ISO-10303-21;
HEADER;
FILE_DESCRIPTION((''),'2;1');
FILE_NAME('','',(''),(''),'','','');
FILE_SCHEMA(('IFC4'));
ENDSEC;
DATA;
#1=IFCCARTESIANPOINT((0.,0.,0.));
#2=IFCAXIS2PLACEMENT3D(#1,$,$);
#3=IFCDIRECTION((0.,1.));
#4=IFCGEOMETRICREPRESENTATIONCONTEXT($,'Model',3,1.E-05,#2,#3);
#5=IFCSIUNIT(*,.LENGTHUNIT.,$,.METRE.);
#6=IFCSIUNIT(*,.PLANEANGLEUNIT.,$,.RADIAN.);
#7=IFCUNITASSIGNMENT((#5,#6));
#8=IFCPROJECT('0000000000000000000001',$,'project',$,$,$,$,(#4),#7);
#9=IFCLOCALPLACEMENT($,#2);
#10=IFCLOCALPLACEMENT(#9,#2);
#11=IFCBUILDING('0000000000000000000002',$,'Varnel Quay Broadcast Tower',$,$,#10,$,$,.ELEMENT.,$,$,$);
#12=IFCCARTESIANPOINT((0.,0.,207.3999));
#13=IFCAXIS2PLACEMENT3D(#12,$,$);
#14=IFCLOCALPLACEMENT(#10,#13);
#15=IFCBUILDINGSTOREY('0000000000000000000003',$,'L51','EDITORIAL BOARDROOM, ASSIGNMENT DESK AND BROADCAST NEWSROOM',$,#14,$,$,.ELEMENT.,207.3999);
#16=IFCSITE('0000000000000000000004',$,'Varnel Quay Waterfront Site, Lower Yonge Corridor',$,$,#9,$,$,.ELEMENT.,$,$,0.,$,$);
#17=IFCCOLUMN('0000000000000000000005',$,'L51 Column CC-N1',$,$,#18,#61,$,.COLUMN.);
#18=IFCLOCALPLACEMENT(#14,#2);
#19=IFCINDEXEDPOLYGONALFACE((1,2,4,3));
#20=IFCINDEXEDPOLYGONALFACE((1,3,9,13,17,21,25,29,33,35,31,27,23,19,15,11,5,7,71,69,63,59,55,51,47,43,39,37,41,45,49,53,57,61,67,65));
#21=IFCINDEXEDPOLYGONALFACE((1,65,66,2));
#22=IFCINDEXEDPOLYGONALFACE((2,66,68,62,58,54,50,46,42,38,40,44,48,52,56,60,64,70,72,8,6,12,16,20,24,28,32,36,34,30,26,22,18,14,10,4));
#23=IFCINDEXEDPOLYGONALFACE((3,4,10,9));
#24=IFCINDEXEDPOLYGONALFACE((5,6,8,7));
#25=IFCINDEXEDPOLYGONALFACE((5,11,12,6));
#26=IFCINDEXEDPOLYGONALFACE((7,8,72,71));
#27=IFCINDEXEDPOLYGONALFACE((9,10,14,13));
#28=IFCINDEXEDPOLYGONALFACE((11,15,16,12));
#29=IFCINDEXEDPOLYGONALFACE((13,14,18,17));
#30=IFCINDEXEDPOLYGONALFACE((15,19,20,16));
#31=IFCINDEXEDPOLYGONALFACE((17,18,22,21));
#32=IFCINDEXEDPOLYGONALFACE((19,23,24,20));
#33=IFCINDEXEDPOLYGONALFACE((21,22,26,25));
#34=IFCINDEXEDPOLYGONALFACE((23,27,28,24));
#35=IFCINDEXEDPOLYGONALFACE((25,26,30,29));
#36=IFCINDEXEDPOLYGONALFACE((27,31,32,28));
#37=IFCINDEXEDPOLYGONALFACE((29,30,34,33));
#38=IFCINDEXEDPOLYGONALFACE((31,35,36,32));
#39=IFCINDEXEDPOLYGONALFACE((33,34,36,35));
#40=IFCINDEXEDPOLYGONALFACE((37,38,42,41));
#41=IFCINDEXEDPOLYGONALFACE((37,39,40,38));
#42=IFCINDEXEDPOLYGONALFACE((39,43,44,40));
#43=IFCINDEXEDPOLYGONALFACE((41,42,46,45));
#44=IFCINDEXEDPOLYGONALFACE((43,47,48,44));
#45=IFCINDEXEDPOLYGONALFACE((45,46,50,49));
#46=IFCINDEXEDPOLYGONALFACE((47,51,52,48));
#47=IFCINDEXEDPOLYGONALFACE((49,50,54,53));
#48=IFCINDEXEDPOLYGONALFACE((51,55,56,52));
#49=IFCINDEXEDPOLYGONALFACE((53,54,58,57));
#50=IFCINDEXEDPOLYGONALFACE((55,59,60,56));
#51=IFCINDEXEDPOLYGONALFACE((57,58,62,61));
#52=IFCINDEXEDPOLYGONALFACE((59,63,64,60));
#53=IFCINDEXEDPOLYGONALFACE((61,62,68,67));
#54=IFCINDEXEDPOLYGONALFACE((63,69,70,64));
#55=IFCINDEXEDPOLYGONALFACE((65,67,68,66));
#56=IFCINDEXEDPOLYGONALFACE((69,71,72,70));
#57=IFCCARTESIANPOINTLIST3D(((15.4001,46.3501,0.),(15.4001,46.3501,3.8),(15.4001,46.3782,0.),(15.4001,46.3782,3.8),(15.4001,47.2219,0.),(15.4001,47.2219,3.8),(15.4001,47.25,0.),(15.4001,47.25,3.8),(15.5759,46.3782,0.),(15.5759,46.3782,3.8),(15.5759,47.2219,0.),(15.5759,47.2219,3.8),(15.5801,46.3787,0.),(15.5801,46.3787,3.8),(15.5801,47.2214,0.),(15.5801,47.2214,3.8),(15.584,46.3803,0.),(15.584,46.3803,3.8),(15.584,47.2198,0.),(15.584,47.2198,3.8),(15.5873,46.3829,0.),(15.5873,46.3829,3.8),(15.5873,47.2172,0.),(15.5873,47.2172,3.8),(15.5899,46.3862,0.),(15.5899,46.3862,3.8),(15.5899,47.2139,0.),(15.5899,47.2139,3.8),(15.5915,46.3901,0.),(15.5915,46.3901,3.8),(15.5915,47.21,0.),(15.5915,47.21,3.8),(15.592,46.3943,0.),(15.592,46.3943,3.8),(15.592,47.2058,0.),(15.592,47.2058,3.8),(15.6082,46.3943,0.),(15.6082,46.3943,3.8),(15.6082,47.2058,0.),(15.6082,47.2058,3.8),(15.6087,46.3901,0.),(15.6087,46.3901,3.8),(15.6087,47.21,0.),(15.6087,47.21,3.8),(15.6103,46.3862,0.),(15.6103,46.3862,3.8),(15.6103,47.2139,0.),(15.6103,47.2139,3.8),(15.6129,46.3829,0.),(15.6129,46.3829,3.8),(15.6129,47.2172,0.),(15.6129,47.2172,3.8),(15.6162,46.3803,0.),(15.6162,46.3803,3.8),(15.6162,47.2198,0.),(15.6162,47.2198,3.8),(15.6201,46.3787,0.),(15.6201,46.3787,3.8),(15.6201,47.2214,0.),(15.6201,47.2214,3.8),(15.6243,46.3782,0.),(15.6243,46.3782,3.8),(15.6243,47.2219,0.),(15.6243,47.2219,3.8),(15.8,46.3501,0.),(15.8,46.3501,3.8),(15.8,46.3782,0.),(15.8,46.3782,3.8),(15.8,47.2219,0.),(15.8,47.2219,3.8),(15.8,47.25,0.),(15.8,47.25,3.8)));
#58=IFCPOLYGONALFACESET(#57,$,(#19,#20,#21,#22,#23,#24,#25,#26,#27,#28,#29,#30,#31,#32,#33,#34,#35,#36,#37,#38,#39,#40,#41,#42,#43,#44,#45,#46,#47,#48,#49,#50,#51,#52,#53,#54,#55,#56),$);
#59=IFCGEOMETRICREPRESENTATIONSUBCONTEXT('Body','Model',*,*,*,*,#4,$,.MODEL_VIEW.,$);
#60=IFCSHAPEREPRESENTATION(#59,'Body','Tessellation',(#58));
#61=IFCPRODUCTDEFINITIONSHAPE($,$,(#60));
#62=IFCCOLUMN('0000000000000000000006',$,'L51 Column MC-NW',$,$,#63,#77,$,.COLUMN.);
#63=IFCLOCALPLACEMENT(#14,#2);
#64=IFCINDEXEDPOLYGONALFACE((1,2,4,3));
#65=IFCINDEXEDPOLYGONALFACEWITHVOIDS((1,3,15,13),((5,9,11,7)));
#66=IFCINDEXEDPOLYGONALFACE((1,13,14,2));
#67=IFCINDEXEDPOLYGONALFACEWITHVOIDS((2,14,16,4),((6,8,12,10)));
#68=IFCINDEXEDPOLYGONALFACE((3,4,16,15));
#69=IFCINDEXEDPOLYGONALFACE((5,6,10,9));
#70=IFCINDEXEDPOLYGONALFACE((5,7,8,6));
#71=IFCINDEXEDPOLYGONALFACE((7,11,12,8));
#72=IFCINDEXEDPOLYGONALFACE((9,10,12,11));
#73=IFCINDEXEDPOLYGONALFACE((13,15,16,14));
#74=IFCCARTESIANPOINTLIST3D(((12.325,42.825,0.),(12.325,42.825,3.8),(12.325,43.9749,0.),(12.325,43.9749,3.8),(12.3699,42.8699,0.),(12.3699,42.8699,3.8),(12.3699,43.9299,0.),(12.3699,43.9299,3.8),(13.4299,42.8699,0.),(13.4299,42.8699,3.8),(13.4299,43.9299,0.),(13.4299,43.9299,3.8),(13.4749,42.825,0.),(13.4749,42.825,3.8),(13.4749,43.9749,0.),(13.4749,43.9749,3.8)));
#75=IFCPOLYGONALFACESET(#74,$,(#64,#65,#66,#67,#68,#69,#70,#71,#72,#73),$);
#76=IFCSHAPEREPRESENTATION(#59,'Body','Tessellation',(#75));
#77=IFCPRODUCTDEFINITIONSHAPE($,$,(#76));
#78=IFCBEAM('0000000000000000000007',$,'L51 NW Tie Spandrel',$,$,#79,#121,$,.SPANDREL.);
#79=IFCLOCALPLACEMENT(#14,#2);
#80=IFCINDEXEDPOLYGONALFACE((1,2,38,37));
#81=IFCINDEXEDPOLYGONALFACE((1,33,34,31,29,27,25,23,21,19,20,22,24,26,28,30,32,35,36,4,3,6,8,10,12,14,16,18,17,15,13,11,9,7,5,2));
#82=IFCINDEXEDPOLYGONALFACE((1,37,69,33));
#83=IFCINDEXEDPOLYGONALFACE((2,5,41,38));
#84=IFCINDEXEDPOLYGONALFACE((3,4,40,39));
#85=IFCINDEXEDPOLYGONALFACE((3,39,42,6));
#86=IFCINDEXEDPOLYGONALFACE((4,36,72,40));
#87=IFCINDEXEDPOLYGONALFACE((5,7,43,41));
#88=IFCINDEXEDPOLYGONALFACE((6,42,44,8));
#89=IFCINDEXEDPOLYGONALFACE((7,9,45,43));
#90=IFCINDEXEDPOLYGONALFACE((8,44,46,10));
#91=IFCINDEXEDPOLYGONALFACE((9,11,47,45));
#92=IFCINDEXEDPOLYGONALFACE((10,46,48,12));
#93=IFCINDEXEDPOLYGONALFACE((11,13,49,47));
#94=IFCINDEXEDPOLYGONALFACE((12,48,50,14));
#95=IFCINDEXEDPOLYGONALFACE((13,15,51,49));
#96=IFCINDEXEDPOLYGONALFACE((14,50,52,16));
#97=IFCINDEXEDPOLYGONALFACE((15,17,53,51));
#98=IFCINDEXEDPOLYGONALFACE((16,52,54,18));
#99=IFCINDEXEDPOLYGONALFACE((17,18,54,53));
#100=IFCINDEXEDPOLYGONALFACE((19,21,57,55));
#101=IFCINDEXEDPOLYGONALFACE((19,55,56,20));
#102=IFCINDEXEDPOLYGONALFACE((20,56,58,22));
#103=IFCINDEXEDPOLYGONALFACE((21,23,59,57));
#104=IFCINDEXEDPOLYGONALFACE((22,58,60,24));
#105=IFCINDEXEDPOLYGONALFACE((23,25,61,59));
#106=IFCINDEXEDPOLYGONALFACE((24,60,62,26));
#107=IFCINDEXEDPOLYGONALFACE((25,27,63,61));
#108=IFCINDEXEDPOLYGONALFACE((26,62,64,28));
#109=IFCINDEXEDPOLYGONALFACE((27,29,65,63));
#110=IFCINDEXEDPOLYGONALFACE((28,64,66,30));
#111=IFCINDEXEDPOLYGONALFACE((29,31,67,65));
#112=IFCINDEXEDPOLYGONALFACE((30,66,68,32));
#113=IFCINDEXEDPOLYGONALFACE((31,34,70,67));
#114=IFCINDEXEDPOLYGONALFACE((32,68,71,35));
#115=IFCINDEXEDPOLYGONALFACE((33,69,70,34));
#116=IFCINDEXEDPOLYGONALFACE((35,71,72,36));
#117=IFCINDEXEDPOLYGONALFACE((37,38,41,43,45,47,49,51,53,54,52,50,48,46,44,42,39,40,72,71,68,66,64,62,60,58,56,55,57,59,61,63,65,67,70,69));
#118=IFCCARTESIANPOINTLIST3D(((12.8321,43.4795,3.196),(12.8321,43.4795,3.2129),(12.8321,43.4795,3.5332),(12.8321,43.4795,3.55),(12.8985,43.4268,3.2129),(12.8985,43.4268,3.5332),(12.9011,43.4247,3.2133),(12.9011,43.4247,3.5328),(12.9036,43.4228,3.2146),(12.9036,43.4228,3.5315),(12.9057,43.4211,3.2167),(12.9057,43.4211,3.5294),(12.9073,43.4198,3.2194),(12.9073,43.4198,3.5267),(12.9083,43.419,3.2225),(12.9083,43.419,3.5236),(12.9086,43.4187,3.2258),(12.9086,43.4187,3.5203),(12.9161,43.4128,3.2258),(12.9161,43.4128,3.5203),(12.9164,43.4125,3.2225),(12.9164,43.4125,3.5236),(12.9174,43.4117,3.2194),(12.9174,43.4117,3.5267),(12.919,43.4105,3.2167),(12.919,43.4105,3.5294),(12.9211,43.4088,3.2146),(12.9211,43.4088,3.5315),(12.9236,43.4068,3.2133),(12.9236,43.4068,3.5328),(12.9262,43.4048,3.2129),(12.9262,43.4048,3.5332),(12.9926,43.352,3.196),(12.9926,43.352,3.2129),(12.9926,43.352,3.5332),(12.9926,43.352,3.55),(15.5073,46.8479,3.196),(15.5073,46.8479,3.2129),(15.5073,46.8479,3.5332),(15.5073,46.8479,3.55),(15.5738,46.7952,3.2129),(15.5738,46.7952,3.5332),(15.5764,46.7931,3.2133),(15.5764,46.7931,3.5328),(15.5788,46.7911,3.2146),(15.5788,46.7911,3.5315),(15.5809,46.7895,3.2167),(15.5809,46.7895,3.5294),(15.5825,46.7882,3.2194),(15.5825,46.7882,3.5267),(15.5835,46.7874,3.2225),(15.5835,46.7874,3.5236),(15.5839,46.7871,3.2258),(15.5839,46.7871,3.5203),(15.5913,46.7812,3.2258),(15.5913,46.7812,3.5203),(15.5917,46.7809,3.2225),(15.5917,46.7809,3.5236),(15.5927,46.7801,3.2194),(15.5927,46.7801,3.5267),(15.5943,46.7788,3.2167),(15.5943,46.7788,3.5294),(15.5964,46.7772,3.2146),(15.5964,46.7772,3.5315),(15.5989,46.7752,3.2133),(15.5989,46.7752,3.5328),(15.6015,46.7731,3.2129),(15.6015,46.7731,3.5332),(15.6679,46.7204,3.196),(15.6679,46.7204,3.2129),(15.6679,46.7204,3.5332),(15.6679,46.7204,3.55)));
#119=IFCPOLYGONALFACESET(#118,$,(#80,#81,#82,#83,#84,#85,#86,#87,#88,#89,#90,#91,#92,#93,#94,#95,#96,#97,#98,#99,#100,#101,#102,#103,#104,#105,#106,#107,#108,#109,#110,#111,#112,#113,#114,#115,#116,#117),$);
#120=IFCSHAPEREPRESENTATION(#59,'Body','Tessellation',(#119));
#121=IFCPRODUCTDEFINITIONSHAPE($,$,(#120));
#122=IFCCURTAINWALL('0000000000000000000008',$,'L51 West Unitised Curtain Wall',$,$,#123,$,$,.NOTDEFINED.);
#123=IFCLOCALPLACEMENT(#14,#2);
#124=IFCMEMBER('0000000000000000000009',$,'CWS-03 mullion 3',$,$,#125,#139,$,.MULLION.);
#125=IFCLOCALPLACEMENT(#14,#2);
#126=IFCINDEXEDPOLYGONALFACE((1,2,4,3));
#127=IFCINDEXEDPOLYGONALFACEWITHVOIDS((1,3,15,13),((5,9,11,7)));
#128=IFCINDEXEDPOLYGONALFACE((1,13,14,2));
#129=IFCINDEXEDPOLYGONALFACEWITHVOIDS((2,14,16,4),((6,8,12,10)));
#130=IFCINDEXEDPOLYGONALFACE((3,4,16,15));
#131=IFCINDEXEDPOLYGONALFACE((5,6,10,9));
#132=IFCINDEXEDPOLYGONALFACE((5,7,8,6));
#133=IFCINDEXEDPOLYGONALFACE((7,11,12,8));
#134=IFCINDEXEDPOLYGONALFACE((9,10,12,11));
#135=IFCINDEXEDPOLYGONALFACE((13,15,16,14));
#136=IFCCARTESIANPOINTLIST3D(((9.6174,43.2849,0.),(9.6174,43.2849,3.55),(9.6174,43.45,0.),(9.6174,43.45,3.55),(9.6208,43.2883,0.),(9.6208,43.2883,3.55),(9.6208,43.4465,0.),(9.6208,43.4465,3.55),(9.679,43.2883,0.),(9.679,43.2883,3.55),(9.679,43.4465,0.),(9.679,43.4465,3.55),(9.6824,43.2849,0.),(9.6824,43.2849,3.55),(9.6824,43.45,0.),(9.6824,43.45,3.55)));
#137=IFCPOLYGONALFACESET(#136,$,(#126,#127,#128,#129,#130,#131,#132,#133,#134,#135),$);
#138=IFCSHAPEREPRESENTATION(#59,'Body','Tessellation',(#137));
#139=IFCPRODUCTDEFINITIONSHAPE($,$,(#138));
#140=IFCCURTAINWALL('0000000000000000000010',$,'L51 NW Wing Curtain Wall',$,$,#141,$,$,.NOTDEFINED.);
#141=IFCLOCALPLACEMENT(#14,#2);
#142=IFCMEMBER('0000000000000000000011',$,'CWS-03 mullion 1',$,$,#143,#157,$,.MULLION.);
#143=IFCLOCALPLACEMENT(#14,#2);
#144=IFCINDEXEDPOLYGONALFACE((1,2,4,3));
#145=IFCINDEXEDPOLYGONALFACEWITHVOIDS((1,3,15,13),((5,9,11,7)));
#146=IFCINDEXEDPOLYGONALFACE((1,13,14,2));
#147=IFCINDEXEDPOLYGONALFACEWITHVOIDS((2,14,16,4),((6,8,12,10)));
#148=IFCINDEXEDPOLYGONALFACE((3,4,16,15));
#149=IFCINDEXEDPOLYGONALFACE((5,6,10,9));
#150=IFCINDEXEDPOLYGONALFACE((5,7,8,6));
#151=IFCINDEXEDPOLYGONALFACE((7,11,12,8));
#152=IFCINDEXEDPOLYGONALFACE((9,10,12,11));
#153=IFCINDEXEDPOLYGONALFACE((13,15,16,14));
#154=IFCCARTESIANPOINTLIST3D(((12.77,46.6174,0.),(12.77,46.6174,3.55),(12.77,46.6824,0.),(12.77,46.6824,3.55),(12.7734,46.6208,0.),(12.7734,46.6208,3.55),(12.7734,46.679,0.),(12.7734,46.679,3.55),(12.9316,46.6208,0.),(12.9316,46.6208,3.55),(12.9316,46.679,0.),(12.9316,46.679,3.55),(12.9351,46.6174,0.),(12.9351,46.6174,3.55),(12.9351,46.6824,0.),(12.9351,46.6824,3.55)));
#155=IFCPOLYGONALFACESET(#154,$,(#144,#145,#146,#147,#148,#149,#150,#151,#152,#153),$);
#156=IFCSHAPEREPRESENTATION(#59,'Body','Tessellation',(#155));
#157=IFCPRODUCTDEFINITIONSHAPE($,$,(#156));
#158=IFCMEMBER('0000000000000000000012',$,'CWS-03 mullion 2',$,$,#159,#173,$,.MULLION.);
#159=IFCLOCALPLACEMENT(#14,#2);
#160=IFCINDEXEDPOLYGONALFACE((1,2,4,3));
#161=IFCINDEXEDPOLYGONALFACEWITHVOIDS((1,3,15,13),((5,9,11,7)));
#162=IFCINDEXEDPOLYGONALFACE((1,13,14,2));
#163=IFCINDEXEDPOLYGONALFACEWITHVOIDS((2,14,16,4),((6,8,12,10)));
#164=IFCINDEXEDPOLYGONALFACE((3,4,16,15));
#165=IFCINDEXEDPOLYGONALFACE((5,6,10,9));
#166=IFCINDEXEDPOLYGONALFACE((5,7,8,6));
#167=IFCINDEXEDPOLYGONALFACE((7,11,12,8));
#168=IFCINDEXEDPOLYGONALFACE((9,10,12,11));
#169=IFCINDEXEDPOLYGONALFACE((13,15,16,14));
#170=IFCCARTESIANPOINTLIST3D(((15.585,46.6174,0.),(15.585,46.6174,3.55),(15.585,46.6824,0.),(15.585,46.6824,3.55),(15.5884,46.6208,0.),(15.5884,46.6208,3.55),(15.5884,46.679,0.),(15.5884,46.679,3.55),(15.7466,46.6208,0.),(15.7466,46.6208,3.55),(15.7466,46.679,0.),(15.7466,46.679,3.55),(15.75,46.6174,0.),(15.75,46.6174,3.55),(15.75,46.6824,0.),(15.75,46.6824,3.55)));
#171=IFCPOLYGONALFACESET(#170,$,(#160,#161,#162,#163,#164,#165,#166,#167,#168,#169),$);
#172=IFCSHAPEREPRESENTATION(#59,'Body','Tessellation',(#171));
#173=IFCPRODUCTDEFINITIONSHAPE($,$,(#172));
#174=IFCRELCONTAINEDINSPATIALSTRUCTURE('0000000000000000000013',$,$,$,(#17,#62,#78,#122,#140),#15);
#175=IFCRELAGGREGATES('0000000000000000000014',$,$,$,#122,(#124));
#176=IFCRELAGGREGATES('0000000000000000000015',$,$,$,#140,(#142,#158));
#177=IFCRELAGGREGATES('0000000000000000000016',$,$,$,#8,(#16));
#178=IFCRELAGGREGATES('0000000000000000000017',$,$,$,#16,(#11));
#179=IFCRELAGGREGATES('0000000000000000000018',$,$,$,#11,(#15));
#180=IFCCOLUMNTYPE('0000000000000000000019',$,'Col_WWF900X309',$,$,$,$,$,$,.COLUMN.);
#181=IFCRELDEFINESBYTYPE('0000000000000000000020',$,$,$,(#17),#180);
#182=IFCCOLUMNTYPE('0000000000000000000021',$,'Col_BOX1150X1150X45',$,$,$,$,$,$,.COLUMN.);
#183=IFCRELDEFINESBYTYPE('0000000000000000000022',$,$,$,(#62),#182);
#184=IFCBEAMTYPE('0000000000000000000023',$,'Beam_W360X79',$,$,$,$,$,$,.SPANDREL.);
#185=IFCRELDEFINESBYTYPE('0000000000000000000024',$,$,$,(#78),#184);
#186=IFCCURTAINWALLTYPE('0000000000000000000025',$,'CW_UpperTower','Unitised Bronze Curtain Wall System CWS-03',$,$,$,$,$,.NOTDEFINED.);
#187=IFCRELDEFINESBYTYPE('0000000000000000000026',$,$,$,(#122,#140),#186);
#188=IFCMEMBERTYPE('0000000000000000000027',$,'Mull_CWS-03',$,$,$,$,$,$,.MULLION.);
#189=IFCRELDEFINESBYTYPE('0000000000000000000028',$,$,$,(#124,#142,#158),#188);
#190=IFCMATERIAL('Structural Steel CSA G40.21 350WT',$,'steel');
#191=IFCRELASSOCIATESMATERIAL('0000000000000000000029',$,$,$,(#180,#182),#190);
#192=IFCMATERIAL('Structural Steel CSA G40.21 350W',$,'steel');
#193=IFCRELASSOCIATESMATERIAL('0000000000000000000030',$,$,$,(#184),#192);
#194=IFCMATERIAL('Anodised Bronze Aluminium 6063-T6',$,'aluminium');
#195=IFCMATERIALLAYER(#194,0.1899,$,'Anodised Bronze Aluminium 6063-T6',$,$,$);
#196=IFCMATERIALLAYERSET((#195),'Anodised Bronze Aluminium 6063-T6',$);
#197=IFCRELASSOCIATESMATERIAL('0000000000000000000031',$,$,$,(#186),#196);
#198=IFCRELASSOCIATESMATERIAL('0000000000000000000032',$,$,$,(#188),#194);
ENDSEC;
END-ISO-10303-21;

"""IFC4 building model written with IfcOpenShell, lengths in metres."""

from ifc_helpers import new_model, si_unit, direction, frame, origin, origin_2d, place, context, subcontext, project, spatial, hollow_rectangle, i_section, extrude, source, transform, mapped, material, layer, layer_set, material_profile, profile_set, type_object, type_shapes, element, aggregate, save


model = new_model("IFC4")

# Units and contexts
model_context = context("Model", 3, precision=1e-05, world=origin(), true_north=direction((0.0, 1.0)))
body_context = subcontext(model_context, "Body", "Model", "MODEL_VIEW")
ifc_project = project(units=[si_unit("LENGTHUNIT", "METRE"), si_unit("PLANEANGLEUNIT", "RADIAN")], contexts=[model_context])

# Site, building, storey
site_placement = place(None, origin())
site = spatial("IfcSite", under=ifc_project, at=site_placement, Name="Varnel Quay Waterfront Site, Lower Yonge Corridor", CompositionType="ELEMENT", RefElevation=0.0)
building_placement = place(site_placement, origin())
building = spatial("IfcBuilding", under=site, at=building_placement, Name="Varnel Quay Broadcast Tower", CompositionType="ELEMENT")
storey_placement = place(building_placement, frame((0.0, 0.0, 207.3999)))
storey = spatial("IfcBuildingStorey", under=building, at=storey_placement, Name="L51", Description="EDITORIAL BOARDROOM, ASSIGNMENT DESK AND BROADCAST NEWSROOM", CompositionType="ELEMENT", Elevation=207.3999)

# Columns
ifc_material_1 = material(Name="Structural Steel CSA G40.21 350WT", Category="steel")
ifc_material_profile_1 = material_profile(ifc_material_1, i_section(OverallWidth=0.3999, OverallDepth=0.8999, WebThickness=0.0161, FlangeThickness=0.0281, FilletRadius=0.0161, at=origin_2d()), Name="WWF900X309")
ifc_profile_set_1 = profile_set([ifc_material_profile_1], Name="Structural Steel CSA G40.21 350WT")
column_type_1 = type_object("IfcColumnType", Name="Col_WWF900X309", PredefinedType="COLUMN", material=ifc_profile_set_1)
shared_shape_1 = source(origin(), body_context, "Body", "SweptSolid", [
    extrude(i_section(OverallWidth=0.3999, OverallDepth=0.8999, WebThickness=0.0161, FlangeThickness=0.0281, FilletRadius=0.0161, at=origin_2d()), origin(), (0.0, 0.0, 1.0), 3.8),
])
type_shapes(column_type_1, [shared_shape_1])
column_1_placement = place(storey_placement, frame((15.6001, 46.8, 0.0), z_axis=(0.0, 0.0, 1.0), x_axis=(1.0, 0.0, 0.0)))
element("IfcColumn", 1, at=column_1_placement, inside=storey, type_object=column_type_1, Name="L51 Column CC-N1", PredefinedType="COLUMN", context=body_context, shape_type="MappedRepresentation", body=[
    mapped(shared_shape_1, transform((0.0, 0.0, 0.0), x_axis=(1.0, 0.0, 0.0), y_axis=(0.0, 1.0, 0.0), z_axis=(0.0, 0.0, 1.0), scale=1.0)),
])
ifc_material_profile_2 = material_profile(ifc_material_1, hollow_rectangle(XDim=1.1499, YDim=1.1499, WallThickness=0.0449, at=origin_2d()), Name="BOX1150X1150X45")
ifc_profile_set_2 = profile_set([ifc_material_profile_2], Name="Structural Steel CSA G40.21 350WT")
column_type_2 = type_object("IfcColumnType", Name="Col_BOX1150X1150X45", PredefinedType="COLUMN", material=ifc_profile_set_2)
shared_shape_2 = source(origin(), body_context, "Body", "SweptSolid", [
    extrude(hollow_rectangle(XDim=1.1499, YDim=1.1499, WallThickness=0.0449, at=origin_2d()), origin(), (0.0, 0.0, 1.0), 3.8),
])
type_shapes(column_type_2, [shared_shape_2])
column_2_placement = place(storey_placement, frame((12.8999, 43.3999, 0.0), z_axis=(0.0, 0.0, 1.0), x_axis=(1.0, 0.0, 0.0)))
element("IfcColumn", 2, at=column_2_placement, inside=storey, type_object=column_type_2, Name="L51 Column MC-NW", PredefinedType="COLUMN", context=body_context, shape_type="MappedRepresentation", body=[
    mapped(shared_shape_2, transform((0.0, 0.0, 0.0), x_axis=(1.0, 0.0, 0.0), y_axis=(0.0, 1.0, 0.0), z_axis=(0.0, 0.0, 1.0), scale=1.0)),
])

# Beam
ifc_material_2 = material(Name="Structural Steel CSA G40.21 350W", Category="steel")
ifc_material_profile_3 = material_profile(ifc_material_2, i_section(OverallWidth=0.2051, OverallDepth=0.354, WebThickness=0.0095, FlangeThickness=0.0168, FilletRadius=0.0129, at=origin_2d()), Name="W360X79")
ifc_profile_set_3 = profile_set([ifc_material_profile_3], Name="Structural Steel CSA G40.21 350W")
beam_type = type_object("IfcBeamType", Name="Beam_W360X79", PredefinedType="SPANDREL", material=ifc_profile_set_3)
shared_shape_3 = source(origin(), body_context, "Body", "SweptSolid", [
    extrude(i_section(OverallWidth=0.2051, OverallDepth=0.354, WebThickness=0.0095, FlangeThickness=0.0168, FilletRadius=0.0129, at=origin_2d()), origin(), (0.0, 0.0, 1.0), 4.3015),
])
type_shapes(beam_type, [shared_shape_3])
beam_placement = place(storey_placement, frame((12.9124, 43.4158, 3.373), z_axis=(0.621936, 0.783068, 0.0), x_axis=(-0.783068, 0.621936, 0.0)))
element("IfcBeam", 3, at=beam_placement, inside=storey, type_object=beam_type, Name="L51 NW Tie Spandrel", PredefinedType="SPANDREL", context=body_context, shape_type="MappedRepresentation", body=[
    mapped(shared_shape_3, transform((0.0, 0.0, 0.0), x_axis=(1.0, 0.0, 0.0), y_axis=(0.0, 1.0, 0.0), z_axis=(0.0, 0.0, 1.0), scale=1.0)),
])

# Curtain wall, member
ifc_material_3 = material(Name="Anodised Bronze Aluminium 6063-T6", Category="aluminium")
ifc_layer_1 = layer(ifc_material_3, 0.1899, Name="Anodised Bronze Aluminium 6063-T6")
ifc_layer_set_1 = layer_set([ifc_layer_1], Name="Anodised Bronze Aluminium 6063-T6")
curtain_wall_type = type_object("IfcCurtainWallType", Name="CW_UpperTower", Description="Unitised Bronze Curtain Wall System CWS-03", PredefinedType="NOTDEFINED", material=ifc_layer_set_1)
curtain_wall_1_placement = place(storey_placement, origin())
curtain_wall_1 = element("IfcCurtainWall", 4, at=curtain_wall_1_placement, inside=storey, type_object=curtain_wall_type, Name="L51 West Unitised Curtain Wall", PredefinedType="NOTDEFINED")
ifc_material_profile_4 = material_profile(ifc_material_3, hollow_rectangle(XDim=0.0649, YDim=0.165, WallThickness=0.0034, at=origin_2d()), Name="ALU65X165X3.5")
ifc_profile_set_4 = profile_set([ifc_material_profile_4], Name="Anodised Bronze Aluminium 6063-T6")
member_type_1 = type_object("IfcMemberType", Name="Mull_CWS-03", PredefinedType="MULLION", material=ifc_profile_set_4)
shared_shape_4 = source(origin(), body_context, "Body", "SweptSolid", [
    extrude(hollow_rectangle(XDim=0.0649, YDim=0.165, WallThickness=0.0034, at=origin_2d()), origin(), (0.0, 0.0, 1.0), 3.55),
])
type_shapes(member_type_1, [shared_shape_4])
member_1_placement = place(storey_placement, frame((9.6499, 43.3674, 0.0), z_axis=(0.0, 0.0, 1.0), x_axis=(-1.0, 0.0, 0.0)))
member_1 = element("IfcMember", 5, at=member_1_placement, type_object=member_type_1, Name="CWS-03 mullion 3", PredefinedType="MULLION", context=body_context, shape_type="MappedRepresentation", body=[
    mapped(shared_shape_4, transform((0.0, 0.0, 0.0), x_axis=(1.0, 0.0, 0.0), y_axis=(0.0, 1.0, 0.0), z_axis=(0.0, 0.0, 1.0), scale=1.0)),
])
aggregate(curtain_wall_1, [member_1])

# Curtain wall, members
curtain_wall_2_placement = place(storey_placement, origin())
curtain_wall_2 = element("IfcCurtainWall", 6, at=curtain_wall_2_placement, inside=storey, type_object=curtain_wall_type, Name="L51 NW Wing Curtain Wall", PredefinedType="NOTDEFINED")
member_2_placement = place(storey_placement, frame((12.8525, 46.6499, 0.0), z_axis=(0.0, 0.0, 1.0), x_axis=(0.0, 1.0, 0.0)))
member_2 = element("IfcMember", 7, at=member_2_placement, type_object=member_type_1, Name="CWS-03 mullion 1", PredefinedType="MULLION", context=body_context, shape_type="MappedRepresentation", body=[
    mapped(shared_shape_4, transform((0.0, 0.0, 0.0), x_axis=(1.0, 0.0, 0.0), y_axis=(0.0, 1.0, 0.0), z_axis=(0.0, 0.0, 1.0), scale=1.0)),
])
member_3_placement = place(storey_placement, frame((15.6675, 46.6499, 0.0), z_axis=(0.0, 0.0, 1.0), x_axis=(0.0, 1.0, 0.0)))
member_3 = element("IfcMember", 8, at=member_3_placement, type_object=member_type_1, Name="CWS-03 mullion 2", PredefinedType="MULLION", context=body_context, shape_type="MappedRepresentation", body=[
    mapped(shared_shape_4, transform((0.0, 0.0, 0.0), x_axis=(1.0, 0.0, 0.0), y_axis=(0.0, 1.0, 0.0), z_axis=(0.0, 0.0, 1.0), scale=1.0)),
])
aggregate(curtain_wall_2, [member_2, member_3])

save(model, "model.ifc")
